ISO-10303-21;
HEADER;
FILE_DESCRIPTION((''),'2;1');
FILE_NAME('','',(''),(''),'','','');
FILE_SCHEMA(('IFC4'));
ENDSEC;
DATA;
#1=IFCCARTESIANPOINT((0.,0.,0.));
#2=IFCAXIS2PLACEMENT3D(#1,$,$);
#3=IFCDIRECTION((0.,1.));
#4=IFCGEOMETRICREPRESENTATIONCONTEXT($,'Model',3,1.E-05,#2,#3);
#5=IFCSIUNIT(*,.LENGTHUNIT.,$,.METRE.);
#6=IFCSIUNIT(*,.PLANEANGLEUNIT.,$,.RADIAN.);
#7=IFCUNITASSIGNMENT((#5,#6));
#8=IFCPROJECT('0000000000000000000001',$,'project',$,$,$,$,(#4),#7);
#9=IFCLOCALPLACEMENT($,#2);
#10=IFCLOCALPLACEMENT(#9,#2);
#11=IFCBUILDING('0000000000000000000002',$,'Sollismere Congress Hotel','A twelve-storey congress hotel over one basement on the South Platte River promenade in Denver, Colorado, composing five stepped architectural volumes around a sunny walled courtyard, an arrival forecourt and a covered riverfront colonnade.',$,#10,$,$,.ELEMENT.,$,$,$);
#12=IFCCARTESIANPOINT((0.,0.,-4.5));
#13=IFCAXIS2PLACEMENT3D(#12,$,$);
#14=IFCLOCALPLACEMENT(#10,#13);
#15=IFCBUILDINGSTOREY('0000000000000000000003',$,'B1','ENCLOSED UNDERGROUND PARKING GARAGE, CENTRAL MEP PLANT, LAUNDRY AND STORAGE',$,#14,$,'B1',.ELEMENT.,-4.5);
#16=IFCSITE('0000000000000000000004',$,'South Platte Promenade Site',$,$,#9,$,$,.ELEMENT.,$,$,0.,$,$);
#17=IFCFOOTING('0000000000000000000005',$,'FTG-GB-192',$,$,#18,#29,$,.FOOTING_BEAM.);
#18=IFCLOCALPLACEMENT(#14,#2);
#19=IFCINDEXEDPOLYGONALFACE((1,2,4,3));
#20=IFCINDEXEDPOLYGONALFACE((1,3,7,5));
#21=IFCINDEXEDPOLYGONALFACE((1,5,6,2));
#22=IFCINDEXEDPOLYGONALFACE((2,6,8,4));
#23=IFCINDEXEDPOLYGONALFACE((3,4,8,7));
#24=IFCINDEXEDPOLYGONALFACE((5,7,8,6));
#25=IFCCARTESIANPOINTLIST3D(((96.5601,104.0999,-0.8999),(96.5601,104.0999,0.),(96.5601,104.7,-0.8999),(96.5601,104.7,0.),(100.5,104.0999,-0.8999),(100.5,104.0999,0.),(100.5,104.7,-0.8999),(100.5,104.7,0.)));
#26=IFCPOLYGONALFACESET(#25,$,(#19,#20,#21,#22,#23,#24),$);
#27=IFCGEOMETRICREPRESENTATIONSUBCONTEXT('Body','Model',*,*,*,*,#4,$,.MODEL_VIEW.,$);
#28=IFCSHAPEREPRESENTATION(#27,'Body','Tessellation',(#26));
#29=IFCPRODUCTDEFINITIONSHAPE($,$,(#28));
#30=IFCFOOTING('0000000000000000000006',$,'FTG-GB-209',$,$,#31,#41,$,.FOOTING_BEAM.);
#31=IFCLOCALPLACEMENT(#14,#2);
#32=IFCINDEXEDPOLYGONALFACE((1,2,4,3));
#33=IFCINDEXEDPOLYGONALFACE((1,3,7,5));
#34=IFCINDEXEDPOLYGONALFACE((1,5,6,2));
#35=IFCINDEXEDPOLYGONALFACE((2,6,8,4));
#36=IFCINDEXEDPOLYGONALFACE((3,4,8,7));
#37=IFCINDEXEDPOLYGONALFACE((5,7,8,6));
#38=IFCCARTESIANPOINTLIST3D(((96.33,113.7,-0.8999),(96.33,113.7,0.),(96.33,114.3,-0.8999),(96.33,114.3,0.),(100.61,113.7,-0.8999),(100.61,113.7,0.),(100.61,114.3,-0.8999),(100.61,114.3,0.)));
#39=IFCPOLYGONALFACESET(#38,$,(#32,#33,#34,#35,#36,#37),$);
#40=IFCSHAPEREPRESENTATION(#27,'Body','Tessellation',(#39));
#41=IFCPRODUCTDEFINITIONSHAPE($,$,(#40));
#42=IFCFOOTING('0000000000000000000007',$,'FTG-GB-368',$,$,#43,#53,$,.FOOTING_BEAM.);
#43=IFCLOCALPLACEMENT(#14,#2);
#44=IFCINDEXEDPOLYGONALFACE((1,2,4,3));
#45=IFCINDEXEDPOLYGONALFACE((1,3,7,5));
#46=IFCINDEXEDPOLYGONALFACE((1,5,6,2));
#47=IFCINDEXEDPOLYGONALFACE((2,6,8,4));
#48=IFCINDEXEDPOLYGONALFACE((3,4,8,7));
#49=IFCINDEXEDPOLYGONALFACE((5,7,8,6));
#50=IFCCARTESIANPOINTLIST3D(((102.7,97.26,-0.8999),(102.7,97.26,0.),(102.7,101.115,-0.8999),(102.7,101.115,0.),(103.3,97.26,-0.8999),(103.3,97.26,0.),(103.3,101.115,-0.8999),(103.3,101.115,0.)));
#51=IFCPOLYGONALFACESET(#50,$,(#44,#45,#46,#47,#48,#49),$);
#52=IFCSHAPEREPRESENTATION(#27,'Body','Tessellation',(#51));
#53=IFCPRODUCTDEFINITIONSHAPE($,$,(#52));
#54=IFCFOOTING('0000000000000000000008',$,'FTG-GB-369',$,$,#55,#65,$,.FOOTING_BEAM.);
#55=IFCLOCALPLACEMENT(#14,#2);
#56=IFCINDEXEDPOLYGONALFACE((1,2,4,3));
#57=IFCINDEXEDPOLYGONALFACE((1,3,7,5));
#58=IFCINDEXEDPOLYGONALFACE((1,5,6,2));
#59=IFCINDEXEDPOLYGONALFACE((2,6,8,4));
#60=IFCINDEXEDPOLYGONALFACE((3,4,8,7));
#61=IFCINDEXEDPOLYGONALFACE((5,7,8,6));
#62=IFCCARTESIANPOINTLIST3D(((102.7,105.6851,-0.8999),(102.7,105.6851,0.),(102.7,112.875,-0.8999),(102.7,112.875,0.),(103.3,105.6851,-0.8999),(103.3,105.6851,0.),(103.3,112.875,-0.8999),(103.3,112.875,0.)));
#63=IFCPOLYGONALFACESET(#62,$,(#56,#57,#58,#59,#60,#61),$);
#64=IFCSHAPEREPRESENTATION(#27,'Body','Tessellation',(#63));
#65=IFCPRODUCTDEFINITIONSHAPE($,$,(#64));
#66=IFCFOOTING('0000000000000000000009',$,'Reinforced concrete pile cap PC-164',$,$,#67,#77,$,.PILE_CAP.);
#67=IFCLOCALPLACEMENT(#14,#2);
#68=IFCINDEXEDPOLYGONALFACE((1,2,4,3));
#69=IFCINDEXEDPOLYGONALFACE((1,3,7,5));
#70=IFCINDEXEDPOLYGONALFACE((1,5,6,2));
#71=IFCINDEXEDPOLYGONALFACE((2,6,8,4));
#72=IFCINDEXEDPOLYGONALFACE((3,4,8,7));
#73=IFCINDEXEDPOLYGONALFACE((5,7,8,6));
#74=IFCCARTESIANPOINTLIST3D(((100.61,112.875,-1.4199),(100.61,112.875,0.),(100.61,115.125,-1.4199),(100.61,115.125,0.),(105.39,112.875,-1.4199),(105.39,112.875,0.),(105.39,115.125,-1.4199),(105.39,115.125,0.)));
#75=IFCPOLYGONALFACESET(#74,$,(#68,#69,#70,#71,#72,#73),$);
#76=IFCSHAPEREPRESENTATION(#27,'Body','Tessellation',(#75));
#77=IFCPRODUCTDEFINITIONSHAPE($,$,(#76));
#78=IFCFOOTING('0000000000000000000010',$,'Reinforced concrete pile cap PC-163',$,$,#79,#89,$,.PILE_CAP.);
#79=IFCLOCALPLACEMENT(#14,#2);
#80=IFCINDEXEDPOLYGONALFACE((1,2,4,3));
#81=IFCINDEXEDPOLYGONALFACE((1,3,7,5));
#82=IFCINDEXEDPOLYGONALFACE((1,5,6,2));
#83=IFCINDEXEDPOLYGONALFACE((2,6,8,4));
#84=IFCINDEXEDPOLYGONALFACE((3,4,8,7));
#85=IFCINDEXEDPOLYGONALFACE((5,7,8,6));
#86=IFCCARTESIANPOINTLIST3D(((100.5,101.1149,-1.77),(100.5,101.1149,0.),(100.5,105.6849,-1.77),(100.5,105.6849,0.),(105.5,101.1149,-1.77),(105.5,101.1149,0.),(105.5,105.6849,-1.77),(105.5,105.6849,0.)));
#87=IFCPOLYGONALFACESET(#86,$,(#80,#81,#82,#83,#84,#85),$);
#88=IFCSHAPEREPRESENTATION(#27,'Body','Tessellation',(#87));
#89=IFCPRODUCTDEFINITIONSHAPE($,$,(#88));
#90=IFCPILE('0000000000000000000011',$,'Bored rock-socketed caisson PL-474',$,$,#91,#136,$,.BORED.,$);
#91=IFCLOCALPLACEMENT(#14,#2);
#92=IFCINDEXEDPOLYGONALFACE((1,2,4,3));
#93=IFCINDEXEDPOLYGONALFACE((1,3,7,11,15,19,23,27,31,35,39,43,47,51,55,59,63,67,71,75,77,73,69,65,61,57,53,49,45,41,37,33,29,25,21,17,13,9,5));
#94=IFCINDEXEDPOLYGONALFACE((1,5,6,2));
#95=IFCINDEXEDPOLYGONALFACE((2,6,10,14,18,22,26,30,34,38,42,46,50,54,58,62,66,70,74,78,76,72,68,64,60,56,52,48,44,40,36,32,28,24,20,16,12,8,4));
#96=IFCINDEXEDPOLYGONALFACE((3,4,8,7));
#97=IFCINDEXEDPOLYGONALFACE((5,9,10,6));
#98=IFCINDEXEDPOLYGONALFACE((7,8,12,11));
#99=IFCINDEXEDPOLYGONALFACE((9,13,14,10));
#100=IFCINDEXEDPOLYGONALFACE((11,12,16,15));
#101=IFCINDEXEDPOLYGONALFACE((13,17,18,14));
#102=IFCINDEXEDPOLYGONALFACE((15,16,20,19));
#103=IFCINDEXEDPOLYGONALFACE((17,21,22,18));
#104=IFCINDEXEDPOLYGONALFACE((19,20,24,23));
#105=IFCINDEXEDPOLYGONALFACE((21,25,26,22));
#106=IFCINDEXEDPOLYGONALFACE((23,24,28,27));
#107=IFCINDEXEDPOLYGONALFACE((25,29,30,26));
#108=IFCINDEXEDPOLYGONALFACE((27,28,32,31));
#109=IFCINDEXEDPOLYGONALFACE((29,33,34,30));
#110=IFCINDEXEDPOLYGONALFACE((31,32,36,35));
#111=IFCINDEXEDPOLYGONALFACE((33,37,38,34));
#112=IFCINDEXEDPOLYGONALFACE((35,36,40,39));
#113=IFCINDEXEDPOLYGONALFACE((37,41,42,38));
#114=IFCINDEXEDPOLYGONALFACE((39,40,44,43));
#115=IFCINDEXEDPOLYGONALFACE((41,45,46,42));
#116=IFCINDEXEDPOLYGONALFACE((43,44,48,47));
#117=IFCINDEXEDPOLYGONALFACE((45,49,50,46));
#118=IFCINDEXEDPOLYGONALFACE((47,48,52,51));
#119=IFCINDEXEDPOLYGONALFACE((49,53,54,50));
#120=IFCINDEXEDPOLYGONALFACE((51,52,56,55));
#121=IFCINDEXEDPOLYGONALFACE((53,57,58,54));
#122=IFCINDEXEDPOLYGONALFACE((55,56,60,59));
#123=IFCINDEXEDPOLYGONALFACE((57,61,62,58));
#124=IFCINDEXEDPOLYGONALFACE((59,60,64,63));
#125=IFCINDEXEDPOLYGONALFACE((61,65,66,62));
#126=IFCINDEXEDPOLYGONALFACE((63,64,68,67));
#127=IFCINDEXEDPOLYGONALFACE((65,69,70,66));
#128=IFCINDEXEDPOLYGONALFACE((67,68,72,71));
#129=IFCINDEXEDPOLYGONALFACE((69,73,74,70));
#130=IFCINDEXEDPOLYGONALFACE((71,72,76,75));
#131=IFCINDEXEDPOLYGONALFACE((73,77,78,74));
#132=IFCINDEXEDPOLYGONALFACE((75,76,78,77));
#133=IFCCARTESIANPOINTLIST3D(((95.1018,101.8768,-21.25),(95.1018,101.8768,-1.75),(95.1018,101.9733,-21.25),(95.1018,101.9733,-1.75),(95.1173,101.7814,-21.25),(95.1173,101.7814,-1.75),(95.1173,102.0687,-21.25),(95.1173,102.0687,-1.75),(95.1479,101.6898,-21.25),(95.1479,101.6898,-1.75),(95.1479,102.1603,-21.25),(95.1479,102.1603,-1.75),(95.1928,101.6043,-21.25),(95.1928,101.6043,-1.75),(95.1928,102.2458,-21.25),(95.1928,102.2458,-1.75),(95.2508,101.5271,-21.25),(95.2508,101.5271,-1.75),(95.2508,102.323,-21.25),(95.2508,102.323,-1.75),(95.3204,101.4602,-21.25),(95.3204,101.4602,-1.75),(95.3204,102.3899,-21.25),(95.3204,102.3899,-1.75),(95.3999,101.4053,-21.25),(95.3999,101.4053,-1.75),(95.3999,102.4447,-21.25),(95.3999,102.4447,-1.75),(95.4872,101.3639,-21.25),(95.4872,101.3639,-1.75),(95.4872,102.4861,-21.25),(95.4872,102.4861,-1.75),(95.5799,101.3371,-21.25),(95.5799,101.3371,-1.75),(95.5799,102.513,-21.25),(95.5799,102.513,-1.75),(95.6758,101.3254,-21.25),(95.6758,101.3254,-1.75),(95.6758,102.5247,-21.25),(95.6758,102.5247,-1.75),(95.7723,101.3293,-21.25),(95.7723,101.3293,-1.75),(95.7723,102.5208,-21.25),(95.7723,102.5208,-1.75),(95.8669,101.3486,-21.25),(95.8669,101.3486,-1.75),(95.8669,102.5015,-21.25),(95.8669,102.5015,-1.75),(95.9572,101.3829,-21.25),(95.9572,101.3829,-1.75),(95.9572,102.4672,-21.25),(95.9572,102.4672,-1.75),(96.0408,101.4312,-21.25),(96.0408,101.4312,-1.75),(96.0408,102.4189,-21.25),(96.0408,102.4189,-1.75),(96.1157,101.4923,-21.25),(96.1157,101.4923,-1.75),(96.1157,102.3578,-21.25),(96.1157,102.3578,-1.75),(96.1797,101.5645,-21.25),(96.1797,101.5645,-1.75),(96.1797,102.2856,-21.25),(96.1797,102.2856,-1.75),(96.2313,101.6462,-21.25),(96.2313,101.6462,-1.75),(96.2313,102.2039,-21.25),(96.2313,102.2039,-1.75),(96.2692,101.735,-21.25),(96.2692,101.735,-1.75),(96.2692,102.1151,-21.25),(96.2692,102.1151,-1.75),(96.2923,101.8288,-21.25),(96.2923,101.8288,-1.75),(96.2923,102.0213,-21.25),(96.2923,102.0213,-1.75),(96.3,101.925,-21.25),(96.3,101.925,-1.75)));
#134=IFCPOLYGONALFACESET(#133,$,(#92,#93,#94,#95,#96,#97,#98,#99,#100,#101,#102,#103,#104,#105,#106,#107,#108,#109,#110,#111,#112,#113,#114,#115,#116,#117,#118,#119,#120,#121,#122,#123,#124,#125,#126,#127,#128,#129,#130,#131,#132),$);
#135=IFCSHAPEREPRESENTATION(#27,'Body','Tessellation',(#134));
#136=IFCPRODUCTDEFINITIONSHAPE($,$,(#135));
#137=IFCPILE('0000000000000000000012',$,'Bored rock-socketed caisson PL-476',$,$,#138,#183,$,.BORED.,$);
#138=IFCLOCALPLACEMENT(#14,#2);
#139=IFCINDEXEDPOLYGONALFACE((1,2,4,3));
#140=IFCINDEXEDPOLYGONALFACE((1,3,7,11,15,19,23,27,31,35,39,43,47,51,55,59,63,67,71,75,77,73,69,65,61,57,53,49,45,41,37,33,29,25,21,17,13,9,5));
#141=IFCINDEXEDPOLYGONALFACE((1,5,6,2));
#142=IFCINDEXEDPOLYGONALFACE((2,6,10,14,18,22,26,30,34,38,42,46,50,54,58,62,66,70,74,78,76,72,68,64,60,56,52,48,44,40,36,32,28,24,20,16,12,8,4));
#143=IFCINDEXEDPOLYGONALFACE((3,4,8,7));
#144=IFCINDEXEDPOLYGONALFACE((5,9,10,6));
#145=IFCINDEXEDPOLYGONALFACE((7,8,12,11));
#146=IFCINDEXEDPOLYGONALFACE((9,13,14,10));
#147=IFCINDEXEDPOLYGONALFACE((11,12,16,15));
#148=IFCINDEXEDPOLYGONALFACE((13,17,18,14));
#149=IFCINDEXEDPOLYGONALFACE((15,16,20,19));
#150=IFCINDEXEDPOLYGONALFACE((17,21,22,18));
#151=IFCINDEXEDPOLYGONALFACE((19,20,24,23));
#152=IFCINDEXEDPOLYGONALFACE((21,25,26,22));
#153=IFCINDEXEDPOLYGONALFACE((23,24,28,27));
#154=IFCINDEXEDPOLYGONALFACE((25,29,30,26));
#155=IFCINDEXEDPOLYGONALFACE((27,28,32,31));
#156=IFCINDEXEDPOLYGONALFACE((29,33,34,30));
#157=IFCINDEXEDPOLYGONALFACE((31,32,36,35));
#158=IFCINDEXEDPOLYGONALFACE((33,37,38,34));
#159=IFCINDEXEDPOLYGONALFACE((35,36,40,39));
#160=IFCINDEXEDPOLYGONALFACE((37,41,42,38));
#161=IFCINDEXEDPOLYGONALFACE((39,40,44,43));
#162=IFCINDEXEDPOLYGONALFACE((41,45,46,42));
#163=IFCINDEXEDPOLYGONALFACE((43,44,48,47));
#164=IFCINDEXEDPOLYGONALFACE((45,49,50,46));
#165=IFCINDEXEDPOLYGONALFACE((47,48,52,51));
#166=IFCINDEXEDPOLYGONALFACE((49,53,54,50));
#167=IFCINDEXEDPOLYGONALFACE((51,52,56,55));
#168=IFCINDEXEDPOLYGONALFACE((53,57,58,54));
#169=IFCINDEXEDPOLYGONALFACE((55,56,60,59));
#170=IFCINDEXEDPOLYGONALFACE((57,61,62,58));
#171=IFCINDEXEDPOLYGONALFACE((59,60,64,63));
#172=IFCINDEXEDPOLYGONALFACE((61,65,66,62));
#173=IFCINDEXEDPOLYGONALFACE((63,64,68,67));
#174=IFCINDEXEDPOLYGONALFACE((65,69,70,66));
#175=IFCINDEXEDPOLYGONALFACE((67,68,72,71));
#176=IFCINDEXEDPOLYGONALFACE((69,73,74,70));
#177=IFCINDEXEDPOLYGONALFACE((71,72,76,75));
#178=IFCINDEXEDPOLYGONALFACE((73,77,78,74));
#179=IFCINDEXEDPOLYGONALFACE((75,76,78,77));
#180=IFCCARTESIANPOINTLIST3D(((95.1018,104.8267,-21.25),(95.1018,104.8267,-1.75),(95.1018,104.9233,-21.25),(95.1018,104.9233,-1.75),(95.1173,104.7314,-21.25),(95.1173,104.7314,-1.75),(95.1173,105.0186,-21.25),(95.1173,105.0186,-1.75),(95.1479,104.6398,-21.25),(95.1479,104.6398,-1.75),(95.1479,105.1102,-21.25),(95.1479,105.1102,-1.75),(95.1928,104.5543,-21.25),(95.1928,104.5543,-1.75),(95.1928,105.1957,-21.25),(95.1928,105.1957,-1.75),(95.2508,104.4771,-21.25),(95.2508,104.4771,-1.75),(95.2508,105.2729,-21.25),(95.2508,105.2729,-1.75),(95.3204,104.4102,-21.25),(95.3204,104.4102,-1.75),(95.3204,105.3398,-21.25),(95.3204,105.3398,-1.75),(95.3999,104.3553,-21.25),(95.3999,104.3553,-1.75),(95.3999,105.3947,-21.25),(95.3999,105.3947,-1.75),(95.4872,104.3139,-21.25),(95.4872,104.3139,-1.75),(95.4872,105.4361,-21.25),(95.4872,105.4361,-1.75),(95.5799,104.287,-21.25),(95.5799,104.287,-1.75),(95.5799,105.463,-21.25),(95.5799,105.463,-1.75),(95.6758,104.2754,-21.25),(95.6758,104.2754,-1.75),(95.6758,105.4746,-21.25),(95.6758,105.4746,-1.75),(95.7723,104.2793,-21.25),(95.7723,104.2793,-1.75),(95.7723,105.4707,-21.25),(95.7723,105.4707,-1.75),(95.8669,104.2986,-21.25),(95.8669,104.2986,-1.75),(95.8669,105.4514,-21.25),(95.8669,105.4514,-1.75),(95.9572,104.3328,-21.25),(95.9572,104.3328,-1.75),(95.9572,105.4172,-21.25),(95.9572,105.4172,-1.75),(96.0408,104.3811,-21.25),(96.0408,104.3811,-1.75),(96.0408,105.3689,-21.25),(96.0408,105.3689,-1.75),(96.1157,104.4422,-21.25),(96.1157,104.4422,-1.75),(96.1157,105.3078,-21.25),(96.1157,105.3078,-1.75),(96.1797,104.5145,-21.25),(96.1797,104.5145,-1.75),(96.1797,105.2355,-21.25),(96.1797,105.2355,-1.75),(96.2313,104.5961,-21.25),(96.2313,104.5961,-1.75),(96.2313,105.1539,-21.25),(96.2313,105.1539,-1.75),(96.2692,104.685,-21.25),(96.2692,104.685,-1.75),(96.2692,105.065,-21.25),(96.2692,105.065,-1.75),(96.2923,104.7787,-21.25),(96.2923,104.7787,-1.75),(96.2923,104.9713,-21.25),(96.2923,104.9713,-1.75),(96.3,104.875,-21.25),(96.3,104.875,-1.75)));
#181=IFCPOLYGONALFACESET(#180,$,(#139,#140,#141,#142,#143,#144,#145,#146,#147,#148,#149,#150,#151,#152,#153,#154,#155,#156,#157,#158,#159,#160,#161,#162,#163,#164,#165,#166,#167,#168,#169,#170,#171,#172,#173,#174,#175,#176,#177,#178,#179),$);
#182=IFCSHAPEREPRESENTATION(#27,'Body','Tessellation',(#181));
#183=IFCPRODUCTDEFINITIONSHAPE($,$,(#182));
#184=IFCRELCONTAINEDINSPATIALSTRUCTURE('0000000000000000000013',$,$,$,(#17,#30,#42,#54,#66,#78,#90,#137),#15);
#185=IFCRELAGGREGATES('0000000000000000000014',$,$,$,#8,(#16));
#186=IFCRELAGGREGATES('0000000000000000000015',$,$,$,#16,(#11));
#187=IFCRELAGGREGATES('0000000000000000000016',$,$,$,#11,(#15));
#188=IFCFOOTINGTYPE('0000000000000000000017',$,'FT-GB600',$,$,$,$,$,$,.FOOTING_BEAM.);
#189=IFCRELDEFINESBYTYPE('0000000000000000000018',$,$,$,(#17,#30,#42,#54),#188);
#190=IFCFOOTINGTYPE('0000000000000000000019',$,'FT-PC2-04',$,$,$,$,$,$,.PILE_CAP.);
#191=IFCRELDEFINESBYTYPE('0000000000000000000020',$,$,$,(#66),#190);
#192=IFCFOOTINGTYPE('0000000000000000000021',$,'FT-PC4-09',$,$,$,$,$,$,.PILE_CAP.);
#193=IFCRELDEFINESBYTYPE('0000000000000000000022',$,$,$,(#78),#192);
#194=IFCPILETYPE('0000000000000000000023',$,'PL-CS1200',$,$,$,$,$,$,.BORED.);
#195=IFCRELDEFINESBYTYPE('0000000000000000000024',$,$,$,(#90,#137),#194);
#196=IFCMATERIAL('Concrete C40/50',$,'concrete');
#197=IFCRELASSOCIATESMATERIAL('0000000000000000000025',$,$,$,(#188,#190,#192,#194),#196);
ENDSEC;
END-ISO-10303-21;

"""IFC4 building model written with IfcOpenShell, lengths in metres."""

from ifc_helpers import new_model, si_unit, direction, frame, origin, origin_2d, place, context, subcontext, project, spatial, rectangle, circle, extrude, material, material_profile, profile_set, type_object, element, save


model = new_model("IFC4")

# Units and contexts
model_context = context("Model", 3, precision=1e-05, world=origin(), true_north=direction((0.0, 1.0)))
body_context = subcontext(model_context, "Body", "Model", "MODEL_VIEW")
ifc_project = project(units=[si_unit("LENGTHUNIT", "METRE"), si_unit("PLANEANGLEUNIT", "RADIAN")], contexts=[model_context])

# Site, building, storey
site_placement = place(None, origin())
site = spatial("IfcSite", under=ifc_project, at=site_placement, Name="South Platte Promenade Site", CompositionType="ELEMENT", RefElevation=0.0)
building_placement = place(site_placement, origin())
building = spatial("IfcBuilding", under=site, at=building_placement, Name="Sollismere Congress Hotel", Description="A twelve-storey congress hotel over one basement on the South Platte River promenade in Denver, Colorado, composing five stepped architectural volumes around a sunny walled courtyard, an arrival forecourt and a covered riverfront colonnade.", CompositionType="ELEMENT")
storey_placement = place(building_placement, frame((0.0, 0.0, -4.5)))
storey = spatial("IfcBuildingStorey", under=building, at=storey_placement, Name="B1", Description="ENCLOSED UNDERGROUND PARKING GARAGE, CENTRAL MEP PLANT, LAUNDRY AND STORAGE", LongName="B1", CompositionType="ELEMENT", Elevation=-4.5)

# Footings
ifc_material_1 = material(Name="Concrete C40/50", Category="concrete")
footing_type_1 = type_object("IfcFootingType", Name="FT-GB600", PredefinedType="FOOTING_BEAM", material=ifc_material_1)
footing_1_placement = place(storey_placement, frame((98.53, 104.3999, -0.8999), z_axis=(0.0, 0.0, 1.0), x_axis=(1.0, 0.0, 0.0)))
element("IfcFooting", 1, at=footing_1_placement, inside=storey, type_object=footing_type_1, Name="FTG-GB-192", PredefinedType="FOOTING_BEAM", context=body_context, shape_type="SweptSolid", body=[
    extrude(rectangle(XDim=3.9399, YDim=0.6001, at=origin_2d()), origin(), (0.0, 0.0, 1.0), 0.8999),
])
footing_2_placement = place(storey_placement, frame((98.47, 114.0, -0.8999), z_axis=(0.0, 0.0, 1.0), x_axis=(1.0, 0.0, 0.0)))
element("IfcFooting", 2, at=footing_2_placement, inside=storey, type_object=footing_type_1, Name="FTG-GB-209", PredefinedType="FOOTING_BEAM", context=body_context, shape_type="SweptSolid", body=[
    extrude(rectangle(XDim=4.28, YDim=0.6001, at=origin_2d()), origin(), (0.0, 0.0, 1.0), 0.8999),
])
footing_3_placement = place(storey_placement, frame((103.0, 99.1875, -0.8999), z_axis=(0.0, 0.0, 1.0), x_axis=(0.0, 1.0, 0.0)))
element("IfcFooting", 3, at=footing_3_placement, inside=storey, type_object=footing_type_1, Name="FTG-GB-368", PredefinedType="FOOTING_BEAM", context=body_context, shape_type="SweptSolid", body=[
    extrude(rectangle(XDim=3.855, YDim=0.6001, at=origin_2d()), origin(), (0.0, 0.0, 1.0), 0.8999),
])
footing_4_placement = place(storey_placement, frame((103.0, 109.28, -0.8999), z_axis=(0.0, 0.0, 1.0), x_axis=(0.0, 1.0, 0.0)))
element("IfcFooting", 4, at=footing_4_placement, inside=storey, type_object=footing_type_1, Name="FTG-GB-369", PredefinedType="FOOTING_BEAM", context=body_context, shape_type="SweptSolid", body=[
    extrude(rectangle(XDim=7.1899, YDim=0.6001, at=origin_2d()), origin(), (0.0, 0.0, 1.0), 0.8999),
])
footing_type_2 = type_object("IfcFootingType", Name="FT-PC2-04", PredefinedType="PILE_CAP", material=ifc_material_1)
footing_5_placement = place(storey_placement, frame((103.0, 114.0, -1.4199), z_axis=(0.0, 0.0, 1.0), x_axis=(1.0, 0.0, 0.0)))
element("IfcFooting", 5, at=footing_5_placement, inside=storey, type_object=footing_type_2, Name="Reinforced concrete pile cap PC-164", PredefinedType="PILE_CAP", context=body_context, shape_type="SweptSolid", body=[
    extrude(rectangle(XDim=4.78, YDim=2.25, at=origin_2d()), origin(), (0.0, 0.0, 1.0), 1.4199),
])
footing_type_3 = type_object("IfcFootingType", Name="FT-PC4-09", PredefinedType="PILE_CAP", material=ifc_material_1)
footing_6_placement = place(storey_placement, frame((103.0, 103.3999, -1.77), z_axis=(0.0, 0.0, 1.0), x_axis=(1.0, 0.0, 0.0)))
element("IfcFooting", 6, at=footing_6_placement, inside=storey, type_object=footing_type_3, Name="Reinforced concrete pile cap PC-163", PredefinedType="PILE_CAP", context=body_context, shape_type="SweptSolid", body=[
    extrude(rectangle(XDim=5.0, YDim=4.5701, at=origin_2d()), origin(), (0.0, 0.0, 1.0), 1.77),
])

# Piles
ifc_material_profile_1 = material_profile(ifc_material_1, circle(Radius=0.6001, at=origin_2d()), Name="CAISSON1200")
ifc_profile_set_1 = profile_set([ifc_material_profile_1], Name="Concrete C40/50")
pile_type = type_object("IfcPileType", Name="PL-CS1200", PredefinedType="BORED", material=ifc_profile_set_1)
for number, where, z_axis, x_axis, name in (
    (7, (95.7, 101.925, -1.75), (0.0, 0.0, -1.0), (1.0, 0.0, 0.0), "Bored rock-socketed caisson PL-474"),
    (8, (95.7, 104.875, -1.75), (0.0, 0.0, -1.0), (1.0, 0.0, 0.0), "Bored rock-socketed caisson PL-476"),
):
    element("IfcPile", number, at=place(storey_placement, frame(where, z_axis=z_axis, x_axis=x_axis)), inside=storey, type_object=pile_type, Name=name, PredefinedType="BORED", context=body_context, shape_type="SweptSolid", body=[
        extrude(circle(Radius=0.6001, at=origin_2d()), origin(), (0.0, 0.0, 1.0), 19.5),
    ])

save(model, "model.ifc")
